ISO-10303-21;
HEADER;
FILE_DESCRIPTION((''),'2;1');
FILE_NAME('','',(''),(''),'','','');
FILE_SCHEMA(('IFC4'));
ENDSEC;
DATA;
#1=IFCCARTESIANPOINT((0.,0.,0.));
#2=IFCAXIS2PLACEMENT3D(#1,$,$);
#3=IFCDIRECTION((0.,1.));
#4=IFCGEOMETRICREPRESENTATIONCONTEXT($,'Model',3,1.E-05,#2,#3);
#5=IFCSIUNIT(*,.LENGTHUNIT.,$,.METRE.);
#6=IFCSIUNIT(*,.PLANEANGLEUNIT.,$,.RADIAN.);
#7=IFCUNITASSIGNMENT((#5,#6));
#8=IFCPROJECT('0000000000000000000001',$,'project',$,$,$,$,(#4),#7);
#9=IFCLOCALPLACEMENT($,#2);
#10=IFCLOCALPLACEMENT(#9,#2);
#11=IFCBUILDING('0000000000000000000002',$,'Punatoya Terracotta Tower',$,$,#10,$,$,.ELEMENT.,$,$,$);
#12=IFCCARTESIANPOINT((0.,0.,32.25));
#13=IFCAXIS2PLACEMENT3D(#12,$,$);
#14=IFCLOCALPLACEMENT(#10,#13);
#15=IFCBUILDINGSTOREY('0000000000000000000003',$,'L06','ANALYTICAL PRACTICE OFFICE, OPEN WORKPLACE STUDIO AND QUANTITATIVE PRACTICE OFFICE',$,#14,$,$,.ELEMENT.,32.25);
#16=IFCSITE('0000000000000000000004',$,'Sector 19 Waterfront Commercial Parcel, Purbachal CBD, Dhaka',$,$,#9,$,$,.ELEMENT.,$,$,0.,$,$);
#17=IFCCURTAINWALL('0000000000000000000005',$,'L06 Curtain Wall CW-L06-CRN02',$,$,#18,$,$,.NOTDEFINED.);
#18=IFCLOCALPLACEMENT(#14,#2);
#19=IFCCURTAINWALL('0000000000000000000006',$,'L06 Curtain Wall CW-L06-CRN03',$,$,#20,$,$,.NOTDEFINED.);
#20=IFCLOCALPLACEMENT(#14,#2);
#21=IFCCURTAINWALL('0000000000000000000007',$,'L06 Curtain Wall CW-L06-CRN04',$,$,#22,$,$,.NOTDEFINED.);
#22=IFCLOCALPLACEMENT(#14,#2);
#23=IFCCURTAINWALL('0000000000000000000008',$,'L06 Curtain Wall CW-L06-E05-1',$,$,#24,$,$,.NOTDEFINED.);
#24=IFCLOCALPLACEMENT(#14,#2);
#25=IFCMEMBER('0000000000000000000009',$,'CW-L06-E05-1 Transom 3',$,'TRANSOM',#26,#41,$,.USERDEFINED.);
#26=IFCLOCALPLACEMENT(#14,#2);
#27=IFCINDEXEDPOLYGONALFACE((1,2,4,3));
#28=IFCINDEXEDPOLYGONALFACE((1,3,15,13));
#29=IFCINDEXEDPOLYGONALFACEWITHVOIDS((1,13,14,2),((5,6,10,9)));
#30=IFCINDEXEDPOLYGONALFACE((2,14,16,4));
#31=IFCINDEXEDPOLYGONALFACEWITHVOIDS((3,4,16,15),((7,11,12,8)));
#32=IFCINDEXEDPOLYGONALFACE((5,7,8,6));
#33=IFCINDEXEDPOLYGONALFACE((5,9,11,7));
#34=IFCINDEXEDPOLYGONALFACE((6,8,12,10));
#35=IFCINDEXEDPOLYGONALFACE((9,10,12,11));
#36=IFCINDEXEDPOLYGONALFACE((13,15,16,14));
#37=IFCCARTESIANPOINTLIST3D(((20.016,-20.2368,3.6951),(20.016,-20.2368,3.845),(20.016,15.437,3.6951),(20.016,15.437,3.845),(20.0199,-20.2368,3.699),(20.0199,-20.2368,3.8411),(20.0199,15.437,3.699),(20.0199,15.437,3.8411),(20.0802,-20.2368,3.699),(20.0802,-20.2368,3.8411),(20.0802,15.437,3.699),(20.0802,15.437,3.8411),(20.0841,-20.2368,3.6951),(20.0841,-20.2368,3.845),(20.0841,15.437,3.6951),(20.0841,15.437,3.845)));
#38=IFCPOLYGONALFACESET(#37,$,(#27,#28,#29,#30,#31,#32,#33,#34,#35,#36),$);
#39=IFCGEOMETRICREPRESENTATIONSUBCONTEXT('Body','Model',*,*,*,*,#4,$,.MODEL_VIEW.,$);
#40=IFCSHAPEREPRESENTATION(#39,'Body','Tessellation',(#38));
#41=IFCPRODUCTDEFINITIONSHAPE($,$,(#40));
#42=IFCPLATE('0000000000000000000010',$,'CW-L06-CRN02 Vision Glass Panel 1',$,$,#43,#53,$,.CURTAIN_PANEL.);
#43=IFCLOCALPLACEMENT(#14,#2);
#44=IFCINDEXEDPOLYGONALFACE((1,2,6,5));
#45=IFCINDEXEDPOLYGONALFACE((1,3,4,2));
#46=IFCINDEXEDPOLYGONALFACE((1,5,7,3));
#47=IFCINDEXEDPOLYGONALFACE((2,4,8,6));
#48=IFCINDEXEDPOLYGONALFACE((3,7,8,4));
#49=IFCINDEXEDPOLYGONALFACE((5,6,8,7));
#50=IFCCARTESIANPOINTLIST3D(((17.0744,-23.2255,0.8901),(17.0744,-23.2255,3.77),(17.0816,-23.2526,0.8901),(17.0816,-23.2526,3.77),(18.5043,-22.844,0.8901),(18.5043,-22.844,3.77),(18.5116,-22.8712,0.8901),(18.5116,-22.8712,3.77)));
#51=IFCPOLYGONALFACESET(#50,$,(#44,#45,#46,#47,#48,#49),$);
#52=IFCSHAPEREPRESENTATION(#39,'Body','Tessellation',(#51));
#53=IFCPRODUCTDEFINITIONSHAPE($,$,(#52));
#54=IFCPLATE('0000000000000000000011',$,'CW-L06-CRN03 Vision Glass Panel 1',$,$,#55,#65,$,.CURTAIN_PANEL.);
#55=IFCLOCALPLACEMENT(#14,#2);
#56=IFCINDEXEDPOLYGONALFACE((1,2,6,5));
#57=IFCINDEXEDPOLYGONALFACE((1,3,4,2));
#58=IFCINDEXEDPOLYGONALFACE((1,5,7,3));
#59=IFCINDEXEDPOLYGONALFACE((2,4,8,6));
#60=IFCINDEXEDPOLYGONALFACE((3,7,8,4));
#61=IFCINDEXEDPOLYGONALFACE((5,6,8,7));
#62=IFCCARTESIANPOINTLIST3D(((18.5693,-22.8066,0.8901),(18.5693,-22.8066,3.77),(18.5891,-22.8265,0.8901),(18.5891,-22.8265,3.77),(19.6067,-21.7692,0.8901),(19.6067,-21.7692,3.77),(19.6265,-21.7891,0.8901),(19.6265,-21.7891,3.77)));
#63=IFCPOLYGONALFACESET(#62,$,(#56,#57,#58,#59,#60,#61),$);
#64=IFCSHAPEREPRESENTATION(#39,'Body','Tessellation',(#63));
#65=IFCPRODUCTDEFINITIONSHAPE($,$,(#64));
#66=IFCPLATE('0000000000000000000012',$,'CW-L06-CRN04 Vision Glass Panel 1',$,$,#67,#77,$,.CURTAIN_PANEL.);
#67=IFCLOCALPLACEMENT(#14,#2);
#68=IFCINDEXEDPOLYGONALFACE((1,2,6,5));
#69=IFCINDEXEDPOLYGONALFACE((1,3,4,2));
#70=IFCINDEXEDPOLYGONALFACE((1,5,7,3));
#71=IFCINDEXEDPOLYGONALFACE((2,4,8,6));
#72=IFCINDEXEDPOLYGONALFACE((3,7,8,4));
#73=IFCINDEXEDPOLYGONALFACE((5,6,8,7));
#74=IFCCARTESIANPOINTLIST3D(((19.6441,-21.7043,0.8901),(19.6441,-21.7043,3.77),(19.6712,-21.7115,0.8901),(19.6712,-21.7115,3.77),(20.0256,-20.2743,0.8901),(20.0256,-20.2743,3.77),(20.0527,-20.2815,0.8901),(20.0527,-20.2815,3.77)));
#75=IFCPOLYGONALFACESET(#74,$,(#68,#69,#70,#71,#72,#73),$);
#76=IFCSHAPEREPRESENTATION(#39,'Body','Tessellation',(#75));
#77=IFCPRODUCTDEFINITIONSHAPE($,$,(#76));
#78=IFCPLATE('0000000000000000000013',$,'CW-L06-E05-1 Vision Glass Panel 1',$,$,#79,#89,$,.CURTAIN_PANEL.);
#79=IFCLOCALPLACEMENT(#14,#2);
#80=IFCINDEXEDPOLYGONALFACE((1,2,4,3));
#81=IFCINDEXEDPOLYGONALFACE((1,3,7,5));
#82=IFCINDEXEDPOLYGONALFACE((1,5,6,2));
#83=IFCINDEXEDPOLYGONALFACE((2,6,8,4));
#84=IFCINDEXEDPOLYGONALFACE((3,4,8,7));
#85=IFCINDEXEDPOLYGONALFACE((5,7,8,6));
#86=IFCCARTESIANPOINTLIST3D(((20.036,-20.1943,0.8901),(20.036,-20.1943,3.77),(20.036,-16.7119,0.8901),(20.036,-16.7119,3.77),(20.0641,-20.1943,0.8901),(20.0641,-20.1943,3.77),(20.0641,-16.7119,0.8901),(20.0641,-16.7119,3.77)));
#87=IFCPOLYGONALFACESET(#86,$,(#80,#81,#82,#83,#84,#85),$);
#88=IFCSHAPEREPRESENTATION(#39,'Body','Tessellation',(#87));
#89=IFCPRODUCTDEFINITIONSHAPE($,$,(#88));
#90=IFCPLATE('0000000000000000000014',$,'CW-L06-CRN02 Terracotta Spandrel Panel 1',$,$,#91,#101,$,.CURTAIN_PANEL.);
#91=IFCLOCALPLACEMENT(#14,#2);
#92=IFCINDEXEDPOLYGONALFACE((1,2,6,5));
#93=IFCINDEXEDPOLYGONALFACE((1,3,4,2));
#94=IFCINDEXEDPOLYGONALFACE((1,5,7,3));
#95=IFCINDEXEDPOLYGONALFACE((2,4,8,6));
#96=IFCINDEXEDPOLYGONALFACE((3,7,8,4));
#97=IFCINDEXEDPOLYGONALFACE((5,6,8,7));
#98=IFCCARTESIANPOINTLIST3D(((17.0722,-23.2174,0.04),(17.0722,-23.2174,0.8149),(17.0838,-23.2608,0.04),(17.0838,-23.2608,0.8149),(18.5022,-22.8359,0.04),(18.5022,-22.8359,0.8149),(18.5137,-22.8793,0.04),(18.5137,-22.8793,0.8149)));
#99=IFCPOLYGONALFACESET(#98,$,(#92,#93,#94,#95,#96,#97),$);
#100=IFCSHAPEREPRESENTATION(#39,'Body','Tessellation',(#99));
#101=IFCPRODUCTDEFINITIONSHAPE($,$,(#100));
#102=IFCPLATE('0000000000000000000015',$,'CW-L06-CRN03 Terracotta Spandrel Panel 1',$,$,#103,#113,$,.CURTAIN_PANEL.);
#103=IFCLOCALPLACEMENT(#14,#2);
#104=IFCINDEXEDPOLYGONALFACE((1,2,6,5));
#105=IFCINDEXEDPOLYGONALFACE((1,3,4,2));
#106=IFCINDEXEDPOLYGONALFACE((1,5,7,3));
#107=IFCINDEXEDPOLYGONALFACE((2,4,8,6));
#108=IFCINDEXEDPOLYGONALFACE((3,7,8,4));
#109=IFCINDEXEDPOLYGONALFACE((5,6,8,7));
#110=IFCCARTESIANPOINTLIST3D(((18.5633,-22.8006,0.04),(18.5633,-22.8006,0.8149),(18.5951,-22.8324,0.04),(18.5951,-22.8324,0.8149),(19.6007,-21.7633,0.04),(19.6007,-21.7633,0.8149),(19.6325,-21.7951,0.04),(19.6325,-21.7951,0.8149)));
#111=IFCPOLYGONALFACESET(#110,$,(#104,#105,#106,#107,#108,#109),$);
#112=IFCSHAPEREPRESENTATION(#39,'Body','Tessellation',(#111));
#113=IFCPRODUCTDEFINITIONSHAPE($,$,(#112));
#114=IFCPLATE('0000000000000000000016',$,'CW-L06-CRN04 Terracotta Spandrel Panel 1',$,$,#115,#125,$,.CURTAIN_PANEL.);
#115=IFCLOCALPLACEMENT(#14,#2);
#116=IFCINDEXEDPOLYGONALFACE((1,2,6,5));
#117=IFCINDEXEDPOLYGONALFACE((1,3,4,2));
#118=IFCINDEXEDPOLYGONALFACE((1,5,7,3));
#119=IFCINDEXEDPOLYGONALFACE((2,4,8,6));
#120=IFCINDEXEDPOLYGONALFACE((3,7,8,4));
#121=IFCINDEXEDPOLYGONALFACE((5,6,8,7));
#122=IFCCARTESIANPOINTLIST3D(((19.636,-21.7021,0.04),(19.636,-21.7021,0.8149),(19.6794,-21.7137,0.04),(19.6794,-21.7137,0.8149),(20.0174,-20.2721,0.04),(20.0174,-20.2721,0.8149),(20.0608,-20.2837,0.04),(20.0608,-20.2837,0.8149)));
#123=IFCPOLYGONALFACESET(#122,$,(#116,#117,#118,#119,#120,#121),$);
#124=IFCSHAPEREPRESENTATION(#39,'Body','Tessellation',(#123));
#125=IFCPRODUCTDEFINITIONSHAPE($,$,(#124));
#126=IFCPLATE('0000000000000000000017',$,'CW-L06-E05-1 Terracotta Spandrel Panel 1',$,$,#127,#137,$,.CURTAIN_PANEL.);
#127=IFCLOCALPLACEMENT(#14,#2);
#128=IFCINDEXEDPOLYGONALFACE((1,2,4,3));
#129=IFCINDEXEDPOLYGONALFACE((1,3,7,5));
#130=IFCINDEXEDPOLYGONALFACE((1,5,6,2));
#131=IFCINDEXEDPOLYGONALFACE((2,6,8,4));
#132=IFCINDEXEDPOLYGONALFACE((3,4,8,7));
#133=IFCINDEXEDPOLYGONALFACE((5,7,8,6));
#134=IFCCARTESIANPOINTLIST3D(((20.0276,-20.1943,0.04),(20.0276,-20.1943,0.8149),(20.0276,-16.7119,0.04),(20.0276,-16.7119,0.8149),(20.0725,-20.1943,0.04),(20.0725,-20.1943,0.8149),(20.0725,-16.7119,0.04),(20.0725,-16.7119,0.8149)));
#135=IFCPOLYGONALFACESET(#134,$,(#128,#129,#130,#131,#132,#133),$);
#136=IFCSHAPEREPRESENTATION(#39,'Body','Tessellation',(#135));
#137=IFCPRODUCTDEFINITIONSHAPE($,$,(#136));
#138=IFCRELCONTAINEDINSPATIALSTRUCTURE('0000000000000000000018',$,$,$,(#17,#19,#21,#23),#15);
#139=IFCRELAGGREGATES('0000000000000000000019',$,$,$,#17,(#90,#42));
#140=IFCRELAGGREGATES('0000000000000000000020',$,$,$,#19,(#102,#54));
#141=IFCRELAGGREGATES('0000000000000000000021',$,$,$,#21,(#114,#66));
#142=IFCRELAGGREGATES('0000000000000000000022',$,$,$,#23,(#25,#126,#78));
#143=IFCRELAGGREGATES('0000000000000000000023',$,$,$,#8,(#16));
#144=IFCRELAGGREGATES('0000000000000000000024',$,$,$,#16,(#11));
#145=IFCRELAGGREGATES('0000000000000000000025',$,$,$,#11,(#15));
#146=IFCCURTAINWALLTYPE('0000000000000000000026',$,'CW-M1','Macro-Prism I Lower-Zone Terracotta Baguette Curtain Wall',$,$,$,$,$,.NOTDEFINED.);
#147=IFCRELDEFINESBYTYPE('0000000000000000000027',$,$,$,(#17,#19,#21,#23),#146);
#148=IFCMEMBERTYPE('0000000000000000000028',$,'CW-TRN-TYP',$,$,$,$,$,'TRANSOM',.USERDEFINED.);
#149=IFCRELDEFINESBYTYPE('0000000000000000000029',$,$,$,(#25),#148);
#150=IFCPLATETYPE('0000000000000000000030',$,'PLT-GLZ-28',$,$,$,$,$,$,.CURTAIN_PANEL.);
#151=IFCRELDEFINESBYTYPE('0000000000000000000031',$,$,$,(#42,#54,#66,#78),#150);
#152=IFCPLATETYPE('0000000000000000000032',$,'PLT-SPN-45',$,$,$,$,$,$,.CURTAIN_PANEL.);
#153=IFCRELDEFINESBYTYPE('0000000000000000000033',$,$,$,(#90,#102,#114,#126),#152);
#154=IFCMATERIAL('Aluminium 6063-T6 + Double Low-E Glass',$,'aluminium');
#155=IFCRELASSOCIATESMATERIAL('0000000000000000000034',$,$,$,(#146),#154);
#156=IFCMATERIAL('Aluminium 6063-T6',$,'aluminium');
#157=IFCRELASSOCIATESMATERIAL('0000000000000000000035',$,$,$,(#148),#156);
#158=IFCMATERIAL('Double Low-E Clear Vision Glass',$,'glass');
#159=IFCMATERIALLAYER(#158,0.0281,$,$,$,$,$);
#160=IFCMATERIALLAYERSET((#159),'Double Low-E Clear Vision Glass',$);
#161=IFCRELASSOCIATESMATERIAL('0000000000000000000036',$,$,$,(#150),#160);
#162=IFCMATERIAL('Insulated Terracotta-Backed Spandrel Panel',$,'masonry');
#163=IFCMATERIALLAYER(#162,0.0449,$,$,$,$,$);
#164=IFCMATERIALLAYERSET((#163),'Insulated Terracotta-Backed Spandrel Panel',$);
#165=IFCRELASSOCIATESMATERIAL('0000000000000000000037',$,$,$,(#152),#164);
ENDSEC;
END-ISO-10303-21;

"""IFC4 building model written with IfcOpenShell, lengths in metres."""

from ifc_helpers import new_model, si_unit, direction, frame, origin, origin_2d, place, context, subcontext, project, spatial, rectangle, hollow_rectangle, extrude, material, layer, layer_set, material_profile, profile_set, type_object, element, aggregate, save


model = new_model("IFC4")

# Units and contexts
model_context = context("Model", 3, precision=1e-05, world=origin(), true_north=direction((0.0, 1.0)))
body_context = subcontext(model_context, "Body", "Model", "MODEL_VIEW")
ifc_project = project(units=[si_unit("LENGTHUNIT", "METRE"), si_unit("PLANEANGLEUNIT", "RADIAN")], contexts=[model_context])

# Site, building, storey
site_placement = place(None, origin())
site = spatial("IfcSite", under=ifc_project, at=site_placement, Name="Sector 19 Waterfront Commercial Parcel, Purbachal CBD, Dhaka", CompositionType="ELEMENT", RefElevation=0.0)
building_placement = place(site_placement, origin())
building = spatial("IfcBuilding", under=site, at=building_placement, Name="Punatoya Terracotta Tower", CompositionType="ELEMENT")
storey_placement = place(building_placement, frame((0.0, 0.0, 32.25)))
storey = spatial("IfcBuildingStorey", under=building, at=storey_placement, Name="L06", Description="ANALYTICAL PRACTICE OFFICE, OPEN WORKPLACE STUDIO AND QUANTITATIVE PRACTICE OFFICE", CompositionType="ELEMENT", Elevation=32.25)

# Curtain walls
ifc_material_1 = material(Name="Aluminium 6063-T6 + Double Low-E Glass", Category="aluminium")
curtain_wall_type = type_object("IfcCurtainWallType", Name="CW-M1", Description="Macro-Prism I Lower-Zone Terracotta Baguette Curtain Wall", PredefinedType="NOTDEFINED", material=ifc_material_1)
curtain_wall_1_placement = place(storey_placement, origin())
curtain_wall_1 = element("IfcCurtainWall", 1, at=curtain_wall_1_placement, inside=storey, type_object=curtain_wall_type, Name="L06 Curtain Wall CW-L06-CRN02", PredefinedType="NOTDEFINED")
ifc_material_2 = material(Name="Aluminium 6063-T6", Category="aluminium")
curtain_wall_2_placement = place(storey_placement, origin())
curtain_wall_2 = element("IfcCurtainWall", 2, at=curtain_wall_2_placement, inside=storey, type_object=curtain_wall_type, Name="L06 Curtain Wall CW-L06-CRN03", PredefinedType="NOTDEFINED")
curtain_wall_3_placement = place(storey_placement, origin())
curtain_wall_3 = element("IfcCurtainWall", 3, at=curtain_wall_3_placement, inside=storey, type_object=curtain_wall_type, Name="L06 Curtain Wall CW-L06-CRN04", PredefinedType="NOTDEFINED")

# Curtain wall
curtain_wall_4_placement = place(storey_placement, origin())
curtain_wall_4 = element("IfcCurtainWall", 4, at=curtain_wall_4_placement, inside=storey, type_object=curtain_wall_type, Name="L06 Curtain Wall CW-L06-E05-1", PredefinedType="NOTDEFINED")

# Member
ifc_material_profile_1 = material_profile(ifc_material_2, hollow_rectangle(XDim=0.0681, YDim=0.1499, WallThickness=0.0039, at=origin_2d()))
ifc_profile_set_1 = profile_set([ifc_material_profile_1], Name="Aluminium 6063-T6")
member_type_1 = type_object("IfcMemberType", Name="CW-TRN-TYP", ElementType="TRANSOM", PredefinedType="USERDEFINED", material=ifc_profile_set_1)
member_1_placement = place(storey_placement, frame((20.05, -20.2368, 3.77), z_axis=(0.0, 1.0, 0.0), x_axis=(-1.0, 0.0, 0.0)))
member_1 = element("IfcMember", 5, at=member_1_placement, type_object=member_type_1, Name="CW-L06-E05-1 Transom 3", ObjectType="TRANSOM", PredefinedType="USERDEFINED", context=body_context, shape_type="SweptSolid", body=[
    extrude(hollow_rectangle(XDim=0.0681, YDim=0.1499, WallThickness=0.0039, at=origin_2d()), origin(), (0.0, 0.0, 1.0), 35.6738),
])

# Plates
ifc_material_3 = material(Name="Double Low-E Clear Vision Glass", Category="glass")
ifc_layer_1 = layer(ifc_material_3, 0.0281)
ifc_layer_set_1 = layer_set([ifc_layer_1], Name="Double Low-E Clear Vision Glass")
plate_type_1 = type_object("IfcPlateType", Name="PLT-GLZ-28", PredefinedType="CURTAIN_PANEL", material=ifc_layer_set_1)
plate_1_placement = place(storey_placement, frame((17.793, -23.0483, 0.8901), z_axis=(0.0, 0.0, 1.0), x_axis=(0.966214, 0.257742, 0.0)))
plate_1 = element("IfcPlate", 6, at=plate_1_placement, type_object=plate_type_1, Name="CW-L06-CRN02 Vision Glass Panel 1", PredefinedType="CURTAIN_PANEL", context=body_context, shape_type="SweptSolid", body=[
    extrude(rectangle(XDim=1.48, YDim=0.0281, at=origin_2d()), origin(), (0.0, 0.0, 1.0), 2.8799),
])
plate_2_placement = place(storey_placement, frame((19.0979, -22.2979, 0.8901), z_axis=(0.0, 0.0, 1.0), x_axis=(0.707107, 0.707107, 0.0)))
plate_2 = element("IfcPlate", 7, at=plate_2_placement, type_object=plate_type_1, Name="CW-L06-CRN03 Vision Glass Panel 1", PredefinedType="CURTAIN_PANEL", context=body_context, shape_type="SweptSolid", body=[
    extrude(rectangle(XDim=1.467, YDim=0.0281, at=origin_2d()), origin(), (0.0, 0.0, 1.0), 2.8799),
])
plate_3_placement = place(storey_placement, frame((19.8484, -20.9929, 0.8901), z_axis=(0.0, 0.0, 1.0), x_axis=(0.257742, 0.966214, 0.0)))
plate_3 = element("IfcPlate", 8, at=plate_3_placement, type_object=plate_type_1, Name="CW-L06-CRN04 Vision Glass Panel 1", PredefinedType="CURTAIN_PANEL", context=body_context, shape_type="SweptSolid", body=[
    extrude(rectangle(XDim=1.48, YDim=0.0281, at=origin_2d()), origin(), (0.0, 0.0, 1.0), 2.8799),
])
plate_4_placement = place(storey_placement, frame((20.05, -18.4531, 0.8901), z_axis=(0.0, 0.0, 1.0), x_axis=(0.0, 1.0, 0.0)))
plate_4 = element("IfcPlate", 9, at=plate_4_placement, type_object=plate_type_1, Name="CW-L06-E05-1 Vision Glass Panel 1", PredefinedType="CURTAIN_PANEL", context=body_context, shape_type="SweptSolid", body=[
    extrude(rectangle(XDim=3.4824, YDim=0.0281, at=origin_2d()), origin(), (0.0, 0.0, 1.0), 2.8799),
])
ifc_material_4 = material(Name="Insulated Terracotta-Backed Spandrel Panel", Category="masonry")
ifc_layer_2 = layer(ifc_material_4, 0.0449)
ifc_layer_set_2 = layer_set([ifc_layer_2], Name="Insulated Terracotta-Backed Spandrel Panel")
plate_type_2 = type_object("IfcPlateType", Name="PLT-SPN-45", PredefinedType="CURTAIN_PANEL", material=ifc_layer_set_2)
plate_5_placement = place(storey_placement, frame((17.793, -23.0483, 0.04), z_axis=(0.0, 0.0, 1.0), x_axis=(0.966214, 0.257742, 0.0)))
plate_5 = element("IfcPlate", 10, at=plate_5_placement, type_object=plate_type_2, Name="CW-L06-CRN02 Terracotta Spandrel Panel 1", PredefinedType="CURTAIN_PANEL", context=body_context, shape_type="SweptSolid", body=[
    extrude(rectangle(XDim=1.48, YDim=0.0449, at=origin_2d()), origin(), (0.0, 0.0, 1.0), 0.7749),
])
aggregate(curtain_wall_1, [plate_5, plate_1])
plate_6_placement = place(storey_placement, frame((19.0979, -22.2979, 0.04), z_axis=(0.0, 0.0, 1.0), x_axis=(0.707107, 0.707107, 0.0)))
plate_6 = element("IfcPlate", 11, at=plate_6_placement, type_object=plate_type_2, Name="CW-L06-CRN03 Terracotta Spandrel Panel 1", PredefinedType="CURTAIN_PANEL", context=body_context, shape_type="SweptSolid", body=[
    extrude(rectangle(XDim=1.467, YDim=0.0449, at=origin_2d()), origin(), (0.0, 0.0, 1.0), 0.7749),
])
aggregate(curtain_wall_2, [plate_6, plate_2])
plate_7_placement = place(storey_placement, frame((19.8484, -20.9929, 0.04), z_axis=(0.0, 0.0, 1.0), x_axis=(0.257742, 0.966214, 0.0)))
plate_7 = element("IfcPlate", 12, at=plate_7_placement, type_object=plate_type_2, Name="CW-L06-CRN04 Terracotta Spandrel Panel 1", PredefinedType="CURTAIN_PANEL", context=body_context, shape_type="SweptSolid", body=[
    extrude(rectangle(XDim=1.48, YDim=0.0449, at=origin_2d()), origin(), (0.0, 0.0, 1.0), 0.7749),
])
aggregate(curtain_wall_3, [plate_7, plate_3])
plate_8_placement = place(storey_placement, frame((20.05, -18.4531, 0.04), z_axis=(0.0, 0.0, 1.0), x_axis=(0.0, 1.0, 0.0)))
plate_8 = element("IfcPlate", 13, at=plate_8_placement, type_object=plate_type_2, Name="CW-L06-E05-1 Terracotta Spandrel Panel 1", PredefinedType="CURTAIN_PANEL", context=body_context, shape_type="SweptSolid", body=[
    extrude(rectangle(XDim=3.4824, YDim=0.0449, at=origin_2d()), origin(), (0.0, 0.0, 1.0), 0.7749),
])
aggregate(curtain_wall_4, [member_1, plate_8, plate_4])

save(model, "model.ifc")
